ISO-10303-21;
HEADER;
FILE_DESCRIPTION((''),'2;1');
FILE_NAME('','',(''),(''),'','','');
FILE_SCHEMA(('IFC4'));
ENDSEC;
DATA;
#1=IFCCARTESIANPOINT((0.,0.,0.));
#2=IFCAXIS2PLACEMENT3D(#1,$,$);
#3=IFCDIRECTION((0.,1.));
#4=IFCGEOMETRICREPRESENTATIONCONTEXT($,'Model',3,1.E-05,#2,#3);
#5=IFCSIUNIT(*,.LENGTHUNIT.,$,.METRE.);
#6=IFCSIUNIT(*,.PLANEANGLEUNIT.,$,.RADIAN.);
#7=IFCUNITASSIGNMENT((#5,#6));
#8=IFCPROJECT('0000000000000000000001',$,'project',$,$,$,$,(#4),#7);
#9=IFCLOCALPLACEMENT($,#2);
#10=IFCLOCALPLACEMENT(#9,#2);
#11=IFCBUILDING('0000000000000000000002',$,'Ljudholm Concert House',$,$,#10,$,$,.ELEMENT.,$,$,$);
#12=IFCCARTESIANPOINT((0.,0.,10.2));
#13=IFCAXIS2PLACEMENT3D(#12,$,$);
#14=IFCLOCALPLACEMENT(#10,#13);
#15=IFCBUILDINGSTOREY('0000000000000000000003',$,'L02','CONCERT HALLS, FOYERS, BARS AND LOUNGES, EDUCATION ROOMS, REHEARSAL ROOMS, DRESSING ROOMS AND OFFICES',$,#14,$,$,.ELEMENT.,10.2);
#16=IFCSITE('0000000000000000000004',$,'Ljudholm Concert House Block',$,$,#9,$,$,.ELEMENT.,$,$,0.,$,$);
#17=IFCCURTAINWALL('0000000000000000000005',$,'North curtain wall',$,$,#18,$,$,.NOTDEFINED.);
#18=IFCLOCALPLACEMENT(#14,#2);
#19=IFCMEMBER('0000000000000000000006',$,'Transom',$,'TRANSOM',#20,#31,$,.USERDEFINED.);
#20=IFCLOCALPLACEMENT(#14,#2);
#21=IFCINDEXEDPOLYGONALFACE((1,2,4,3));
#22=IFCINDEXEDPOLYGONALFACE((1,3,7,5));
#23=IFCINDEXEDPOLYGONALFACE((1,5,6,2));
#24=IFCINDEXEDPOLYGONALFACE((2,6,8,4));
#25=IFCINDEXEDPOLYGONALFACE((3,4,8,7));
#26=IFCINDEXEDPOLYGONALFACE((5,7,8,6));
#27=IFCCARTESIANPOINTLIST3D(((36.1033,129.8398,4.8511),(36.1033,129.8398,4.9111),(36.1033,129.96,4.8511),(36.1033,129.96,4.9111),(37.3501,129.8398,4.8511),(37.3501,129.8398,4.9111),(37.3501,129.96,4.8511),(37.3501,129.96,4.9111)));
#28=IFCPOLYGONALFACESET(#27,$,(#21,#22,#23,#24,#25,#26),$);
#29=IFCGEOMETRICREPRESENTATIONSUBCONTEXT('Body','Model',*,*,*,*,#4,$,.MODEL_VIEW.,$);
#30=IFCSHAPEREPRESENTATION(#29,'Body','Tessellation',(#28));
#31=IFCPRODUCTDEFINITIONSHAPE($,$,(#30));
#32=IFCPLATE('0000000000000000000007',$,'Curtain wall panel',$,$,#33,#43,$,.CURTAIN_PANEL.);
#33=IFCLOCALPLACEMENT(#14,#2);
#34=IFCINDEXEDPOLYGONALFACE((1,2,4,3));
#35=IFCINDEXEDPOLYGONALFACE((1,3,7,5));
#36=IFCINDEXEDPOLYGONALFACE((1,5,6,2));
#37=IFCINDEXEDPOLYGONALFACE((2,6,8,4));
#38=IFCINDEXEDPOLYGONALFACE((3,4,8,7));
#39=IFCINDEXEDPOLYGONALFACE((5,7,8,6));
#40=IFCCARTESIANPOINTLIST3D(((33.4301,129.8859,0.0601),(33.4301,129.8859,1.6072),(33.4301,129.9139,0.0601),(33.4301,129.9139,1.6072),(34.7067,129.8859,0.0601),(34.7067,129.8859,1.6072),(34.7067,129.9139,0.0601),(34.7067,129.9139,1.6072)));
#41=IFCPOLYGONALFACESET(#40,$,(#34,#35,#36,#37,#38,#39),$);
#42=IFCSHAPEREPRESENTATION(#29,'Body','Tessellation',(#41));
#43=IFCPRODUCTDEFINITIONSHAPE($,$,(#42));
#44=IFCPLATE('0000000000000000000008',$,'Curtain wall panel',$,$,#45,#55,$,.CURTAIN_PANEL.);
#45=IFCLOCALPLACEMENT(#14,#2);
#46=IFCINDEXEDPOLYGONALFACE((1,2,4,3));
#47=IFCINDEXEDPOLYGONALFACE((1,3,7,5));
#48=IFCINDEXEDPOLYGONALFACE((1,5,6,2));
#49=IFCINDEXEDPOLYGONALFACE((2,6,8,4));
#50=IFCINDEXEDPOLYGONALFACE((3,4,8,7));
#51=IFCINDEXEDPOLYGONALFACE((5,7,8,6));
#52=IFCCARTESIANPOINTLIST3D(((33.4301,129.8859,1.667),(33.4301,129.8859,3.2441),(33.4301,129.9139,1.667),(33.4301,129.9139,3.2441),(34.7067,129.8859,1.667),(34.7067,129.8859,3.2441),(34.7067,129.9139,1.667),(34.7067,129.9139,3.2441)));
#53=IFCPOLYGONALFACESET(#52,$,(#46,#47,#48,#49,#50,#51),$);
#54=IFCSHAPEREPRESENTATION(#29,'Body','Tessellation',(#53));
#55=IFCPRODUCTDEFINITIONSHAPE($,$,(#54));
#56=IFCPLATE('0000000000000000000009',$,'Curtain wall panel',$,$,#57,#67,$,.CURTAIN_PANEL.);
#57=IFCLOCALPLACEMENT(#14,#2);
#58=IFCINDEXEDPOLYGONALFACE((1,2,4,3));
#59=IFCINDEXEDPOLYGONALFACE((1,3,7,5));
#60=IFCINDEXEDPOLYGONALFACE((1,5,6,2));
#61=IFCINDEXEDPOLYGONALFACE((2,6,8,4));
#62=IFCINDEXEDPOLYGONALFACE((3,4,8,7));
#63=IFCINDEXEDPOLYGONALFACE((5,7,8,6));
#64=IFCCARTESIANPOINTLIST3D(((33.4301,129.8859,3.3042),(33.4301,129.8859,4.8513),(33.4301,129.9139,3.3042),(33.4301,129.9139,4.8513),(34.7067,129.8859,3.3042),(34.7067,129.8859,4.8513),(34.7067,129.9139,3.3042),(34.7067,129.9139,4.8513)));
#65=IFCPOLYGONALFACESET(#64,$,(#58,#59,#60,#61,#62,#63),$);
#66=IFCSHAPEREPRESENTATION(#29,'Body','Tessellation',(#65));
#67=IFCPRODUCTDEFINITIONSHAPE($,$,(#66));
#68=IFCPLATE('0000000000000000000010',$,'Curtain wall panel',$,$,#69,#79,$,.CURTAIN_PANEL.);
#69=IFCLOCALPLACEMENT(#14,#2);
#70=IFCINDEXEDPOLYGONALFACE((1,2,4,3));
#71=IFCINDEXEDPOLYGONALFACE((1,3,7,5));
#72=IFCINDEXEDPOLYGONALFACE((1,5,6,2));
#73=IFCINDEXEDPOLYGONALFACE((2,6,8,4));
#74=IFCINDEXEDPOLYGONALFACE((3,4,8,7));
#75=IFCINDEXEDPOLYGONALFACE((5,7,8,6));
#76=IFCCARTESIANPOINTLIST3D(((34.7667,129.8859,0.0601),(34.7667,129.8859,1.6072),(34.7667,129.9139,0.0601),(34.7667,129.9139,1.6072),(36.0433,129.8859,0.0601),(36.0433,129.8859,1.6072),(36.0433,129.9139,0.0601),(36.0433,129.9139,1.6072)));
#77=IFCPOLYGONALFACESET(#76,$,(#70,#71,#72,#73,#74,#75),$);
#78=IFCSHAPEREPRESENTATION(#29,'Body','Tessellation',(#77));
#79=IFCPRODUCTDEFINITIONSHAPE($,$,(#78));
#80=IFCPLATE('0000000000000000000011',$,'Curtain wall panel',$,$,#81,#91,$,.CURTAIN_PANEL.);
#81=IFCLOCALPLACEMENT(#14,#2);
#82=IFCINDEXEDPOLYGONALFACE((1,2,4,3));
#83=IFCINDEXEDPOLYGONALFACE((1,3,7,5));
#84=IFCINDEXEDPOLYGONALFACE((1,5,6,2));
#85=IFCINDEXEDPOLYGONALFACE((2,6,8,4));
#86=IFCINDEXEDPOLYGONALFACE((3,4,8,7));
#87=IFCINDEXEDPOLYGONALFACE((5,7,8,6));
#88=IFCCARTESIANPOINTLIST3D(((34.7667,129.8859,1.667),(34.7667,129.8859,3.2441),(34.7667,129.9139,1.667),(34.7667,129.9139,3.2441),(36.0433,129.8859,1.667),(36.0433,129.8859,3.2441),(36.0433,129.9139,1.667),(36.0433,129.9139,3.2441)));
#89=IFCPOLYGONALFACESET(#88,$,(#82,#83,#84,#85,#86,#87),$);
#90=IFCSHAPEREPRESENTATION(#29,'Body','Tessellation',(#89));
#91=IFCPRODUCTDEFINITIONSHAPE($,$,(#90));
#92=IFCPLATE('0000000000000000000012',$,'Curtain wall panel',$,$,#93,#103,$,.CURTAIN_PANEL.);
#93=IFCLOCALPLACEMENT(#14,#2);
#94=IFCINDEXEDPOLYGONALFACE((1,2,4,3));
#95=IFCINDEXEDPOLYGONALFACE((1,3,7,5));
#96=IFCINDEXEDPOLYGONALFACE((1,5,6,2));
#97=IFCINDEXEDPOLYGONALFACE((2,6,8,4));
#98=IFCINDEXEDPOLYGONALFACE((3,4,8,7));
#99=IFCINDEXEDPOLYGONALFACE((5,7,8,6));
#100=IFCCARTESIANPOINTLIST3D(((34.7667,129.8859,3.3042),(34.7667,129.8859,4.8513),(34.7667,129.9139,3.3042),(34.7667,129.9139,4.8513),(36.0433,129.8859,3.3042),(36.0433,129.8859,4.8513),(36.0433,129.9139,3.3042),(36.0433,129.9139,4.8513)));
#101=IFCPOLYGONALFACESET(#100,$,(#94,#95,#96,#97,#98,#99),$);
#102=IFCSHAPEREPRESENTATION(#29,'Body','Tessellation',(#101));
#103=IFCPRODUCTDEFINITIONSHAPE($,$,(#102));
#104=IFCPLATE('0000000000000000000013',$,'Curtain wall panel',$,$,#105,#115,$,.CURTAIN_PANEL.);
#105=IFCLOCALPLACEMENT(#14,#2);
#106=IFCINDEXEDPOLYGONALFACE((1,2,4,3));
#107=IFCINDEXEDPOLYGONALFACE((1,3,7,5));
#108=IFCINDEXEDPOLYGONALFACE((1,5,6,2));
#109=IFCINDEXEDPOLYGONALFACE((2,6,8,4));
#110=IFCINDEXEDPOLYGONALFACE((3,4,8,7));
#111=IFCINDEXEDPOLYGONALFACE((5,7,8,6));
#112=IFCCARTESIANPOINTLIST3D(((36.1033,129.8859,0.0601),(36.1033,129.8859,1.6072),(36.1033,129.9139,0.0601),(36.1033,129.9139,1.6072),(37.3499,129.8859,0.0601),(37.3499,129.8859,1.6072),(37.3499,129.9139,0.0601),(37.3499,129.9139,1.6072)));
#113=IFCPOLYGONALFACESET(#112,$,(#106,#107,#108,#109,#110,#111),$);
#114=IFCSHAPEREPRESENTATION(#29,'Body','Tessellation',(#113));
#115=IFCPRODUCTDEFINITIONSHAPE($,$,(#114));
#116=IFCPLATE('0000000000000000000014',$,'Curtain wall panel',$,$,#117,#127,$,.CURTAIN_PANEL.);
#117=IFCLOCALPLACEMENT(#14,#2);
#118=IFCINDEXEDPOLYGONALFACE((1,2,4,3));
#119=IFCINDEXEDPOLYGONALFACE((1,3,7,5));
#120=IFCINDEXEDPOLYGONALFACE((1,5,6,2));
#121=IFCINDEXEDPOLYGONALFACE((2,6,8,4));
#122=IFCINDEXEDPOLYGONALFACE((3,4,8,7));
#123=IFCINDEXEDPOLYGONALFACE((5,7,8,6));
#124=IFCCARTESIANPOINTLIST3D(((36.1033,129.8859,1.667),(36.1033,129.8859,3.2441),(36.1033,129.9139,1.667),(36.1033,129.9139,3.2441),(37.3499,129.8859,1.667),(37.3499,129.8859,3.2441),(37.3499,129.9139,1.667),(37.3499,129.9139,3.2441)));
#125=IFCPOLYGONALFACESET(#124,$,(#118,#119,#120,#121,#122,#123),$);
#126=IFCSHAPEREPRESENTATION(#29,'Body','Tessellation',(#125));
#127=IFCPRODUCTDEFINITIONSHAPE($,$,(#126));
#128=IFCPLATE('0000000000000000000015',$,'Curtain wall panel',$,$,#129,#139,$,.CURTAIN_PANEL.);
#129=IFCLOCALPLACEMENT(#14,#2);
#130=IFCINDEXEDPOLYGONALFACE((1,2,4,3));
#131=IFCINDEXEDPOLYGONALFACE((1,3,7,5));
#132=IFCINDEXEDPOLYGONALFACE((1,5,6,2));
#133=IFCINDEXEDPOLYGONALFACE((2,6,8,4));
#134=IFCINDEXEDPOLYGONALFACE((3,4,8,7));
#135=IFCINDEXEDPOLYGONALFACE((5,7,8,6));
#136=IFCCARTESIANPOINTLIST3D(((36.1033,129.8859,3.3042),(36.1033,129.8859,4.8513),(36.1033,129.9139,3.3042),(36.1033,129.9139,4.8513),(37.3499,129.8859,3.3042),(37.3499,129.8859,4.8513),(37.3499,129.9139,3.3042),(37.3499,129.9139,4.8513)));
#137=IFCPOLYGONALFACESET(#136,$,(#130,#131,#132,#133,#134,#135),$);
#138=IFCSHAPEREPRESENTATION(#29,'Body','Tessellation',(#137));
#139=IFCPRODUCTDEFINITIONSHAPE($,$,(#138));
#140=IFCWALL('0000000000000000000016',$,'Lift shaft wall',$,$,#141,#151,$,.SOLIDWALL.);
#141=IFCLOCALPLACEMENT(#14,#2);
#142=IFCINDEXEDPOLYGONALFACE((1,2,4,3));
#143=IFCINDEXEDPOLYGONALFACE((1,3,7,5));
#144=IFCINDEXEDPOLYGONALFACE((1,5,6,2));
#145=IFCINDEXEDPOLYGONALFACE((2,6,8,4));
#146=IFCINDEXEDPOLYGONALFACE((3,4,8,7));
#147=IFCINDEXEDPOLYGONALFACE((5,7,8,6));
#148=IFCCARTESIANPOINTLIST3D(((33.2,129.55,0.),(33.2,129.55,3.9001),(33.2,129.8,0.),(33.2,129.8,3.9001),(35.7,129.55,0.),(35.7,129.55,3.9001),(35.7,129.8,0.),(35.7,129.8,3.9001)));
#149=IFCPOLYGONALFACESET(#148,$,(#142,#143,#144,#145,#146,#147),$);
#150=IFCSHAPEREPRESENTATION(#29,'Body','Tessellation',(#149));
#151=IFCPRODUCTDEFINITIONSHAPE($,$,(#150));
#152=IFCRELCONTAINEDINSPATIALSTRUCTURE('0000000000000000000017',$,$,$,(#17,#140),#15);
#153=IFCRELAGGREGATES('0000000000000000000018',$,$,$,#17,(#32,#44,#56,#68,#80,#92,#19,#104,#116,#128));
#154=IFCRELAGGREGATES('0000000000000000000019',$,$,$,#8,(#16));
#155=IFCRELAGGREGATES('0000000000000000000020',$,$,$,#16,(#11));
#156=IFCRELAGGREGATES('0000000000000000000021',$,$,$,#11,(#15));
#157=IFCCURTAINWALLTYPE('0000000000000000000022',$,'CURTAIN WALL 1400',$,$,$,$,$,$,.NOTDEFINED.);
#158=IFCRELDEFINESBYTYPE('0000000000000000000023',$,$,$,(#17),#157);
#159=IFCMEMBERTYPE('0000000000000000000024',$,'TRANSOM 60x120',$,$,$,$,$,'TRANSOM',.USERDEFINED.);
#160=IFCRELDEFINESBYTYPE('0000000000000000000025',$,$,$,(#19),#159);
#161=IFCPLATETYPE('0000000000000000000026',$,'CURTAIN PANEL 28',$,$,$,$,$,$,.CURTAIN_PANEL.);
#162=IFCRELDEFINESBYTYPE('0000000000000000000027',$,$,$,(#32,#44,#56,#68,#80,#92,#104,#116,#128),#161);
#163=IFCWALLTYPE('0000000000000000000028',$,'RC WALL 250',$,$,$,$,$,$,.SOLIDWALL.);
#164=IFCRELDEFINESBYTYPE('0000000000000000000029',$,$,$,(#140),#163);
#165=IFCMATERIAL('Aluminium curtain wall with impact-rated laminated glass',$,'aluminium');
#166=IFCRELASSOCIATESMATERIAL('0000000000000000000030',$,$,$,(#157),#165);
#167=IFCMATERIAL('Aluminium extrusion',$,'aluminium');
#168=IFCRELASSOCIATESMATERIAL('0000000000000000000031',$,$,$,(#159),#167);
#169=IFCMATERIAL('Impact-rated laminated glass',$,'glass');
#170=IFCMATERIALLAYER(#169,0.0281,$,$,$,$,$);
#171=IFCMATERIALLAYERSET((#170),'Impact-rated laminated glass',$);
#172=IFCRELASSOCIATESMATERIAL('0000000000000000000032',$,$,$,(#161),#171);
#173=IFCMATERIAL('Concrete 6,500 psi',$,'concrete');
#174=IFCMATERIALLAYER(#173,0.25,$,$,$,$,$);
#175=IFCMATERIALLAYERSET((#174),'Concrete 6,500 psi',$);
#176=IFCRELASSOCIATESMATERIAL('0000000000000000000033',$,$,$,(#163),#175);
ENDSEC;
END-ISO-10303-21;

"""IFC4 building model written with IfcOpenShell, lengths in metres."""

from ifc_helpers import new_model, si_unit, direction, frame, frame_2d, origin, origin_2d, place, context, subcontext, project, spatial, rectangle, extrude, material, layer, layer_set, material_profile, profile_set, type_object, element, aggregate, save


model = new_model("IFC4")

# Units and contexts
model_context = context("Model", 3, precision=1e-05, world=origin(), true_north=direction((0.0, 1.0)))
body_context = subcontext(model_context, "Body", "Model", "MODEL_VIEW")
ifc_project = project(units=[si_unit("LENGTHUNIT", "METRE"), si_unit("PLANEANGLEUNIT", "RADIAN")], contexts=[model_context])

# Site, building, storey
site_placement = place(None, origin())
site = spatial("IfcSite", under=ifc_project, at=site_placement, Name="Ljudholm Concert House Block", CompositionType="ELEMENT", RefElevation=0.0)
building_placement = place(site_placement, origin())
building = spatial("IfcBuilding", under=site, at=building_placement, Name="Ljudholm Concert House", CompositionType="ELEMENT")
storey_placement = place(building_placement, frame((0.0, 0.0, 10.2)))
storey = spatial("IfcBuildingStorey", under=building, at=storey_placement, Name="L02", Description="CONCERT HALLS, FOYERS, BARS AND LOUNGES, EDUCATION ROOMS, REHEARSAL ROOMS, DRESSING ROOMS AND OFFICES", CompositionType="ELEMENT", Elevation=10.2)

# Curtain wall, member, plates
ifc_material_1 = material(Name="Aluminium curtain wall with impact-rated laminated glass", Category="aluminium")
curtain_wall_type = type_object("IfcCurtainWallType", Name="CURTAIN WALL 1400", PredefinedType="NOTDEFINED", material=ifc_material_1)
curtain_wall_placement = place(storey_placement, origin())
curtain_wall = element("IfcCurtainWall", 1, at=curtain_wall_placement, inside=storey, type_object=curtain_wall_type, Name="North curtain wall", PredefinedType="NOTDEFINED")
ifc_material_2 = material(Name="Aluminium extrusion", Category="aluminium")
ifc_material_profile_1 = material_profile(ifc_material_2, rectangle(XDim=0.1201, YDim=0.0601, at=origin_2d()), Name="TRANSOM 60x120")
ifc_profile_set_1 = profile_set([ifc_material_profile_1], Name="Aluminium extrusion")
member_type_1 = type_object("IfcMemberType", Name="TRANSOM 60x120", ElementType="TRANSOM", PredefinedType="USERDEFINED", material=ifc_profile_set_1)
member_1_placement = place(storey_placement, frame((36.1033, 129.8999, 4.8811), z_axis=(1.0, 0.0, 0.0), x_axis=(0.0, 1.0, 0.0)))
member_1 = element("IfcMember", 2, at=member_1_placement, type_object=member_type_1, Name="Transom", ObjectType="TRANSOM", PredefinedType="USERDEFINED", context=body_context, shape_type="SweptSolid", body=[
    extrude(rectangle(XDim=0.1201, YDim=0.0601, at=origin_2d()), origin(), (0.0, 0.0, 1.0), 1.2468),
])
ifc_material_3 = material(Name="Impact-rated laminated glass", Category="glass")
ifc_layer_1 = layer(ifc_material_3, 0.0281)
ifc_layer_set_1 = layer_set([ifc_layer_1], Name="Impact-rated laminated glass")
plate_type = type_object("IfcPlateType", Name="CURTAIN PANEL 28", PredefinedType="CURTAIN_PANEL", material=ifc_layer_set_1)
plate_1_placement = place(storey_placement, frame((34.0684, 129.8999, 0.0601), z_axis=(0.0, 0.0, 1.0), x_axis=(1.0, 0.0, 0.0)))
plate_1 = element("IfcPlate", 3, at=plate_1_placement, type_object=plate_type, Name="Curtain wall panel", PredefinedType="CURTAIN_PANEL", context=body_context, shape_type="SweptSolid", body=[
    extrude(rectangle(XDim=1.2766, YDim=0.0281, at=origin_2d()), origin(), (0.0, 0.0, 1.0), 1.5471),
])
plate_2_placement = place(storey_placement, frame((34.0684, 129.8999, 1.667), z_axis=(0.0, 0.0, 1.0), x_axis=(1.0, 0.0, 0.0)))
plate_2 = element("IfcPlate", 4, at=plate_2_placement, type_object=plate_type, Name="Curtain wall panel", PredefinedType="CURTAIN_PANEL", context=body_context, shape_type="SweptSolid", body=[
    extrude(rectangle(XDim=1.2766, YDim=0.0281, at=origin_2d()), origin(), (0.0, 0.0, 1.0), 1.5771),
])
plate_3_placement = place(storey_placement, frame((34.0684, 129.8999, 3.3042), z_axis=(0.0, 0.0, 1.0), x_axis=(1.0, 0.0, 0.0)))
plate_3 = element("IfcPlate", 5, at=plate_3_placement, type_object=plate_type, Name="Curtain wall panel", PredefinedType="CURTAIN_PANEL", context=body_context, shape_type="SweptSolid", body=[
    extrude(rectangle(XDim=1.2766, YDim=0.0281, at=origin_2d()), origin(), (0.0, 0.0, 1.0), 1.5471),
])
plate_4_placement = place(storey_placement, frame((35.405, 129.8999, 0.0601), z_axis=(0.0, 0.0, 1.0), x_axis=(1.0, 0.0, 0.0)))
plate_4 = element("IfcPlate", 6, at=plate_4_placement, type_object=plate_type, Name="Curtain wall panel", PredefinedType="CURTAIN_PANEL", context=body_context, shape_type="SweptSolid", body=[
    extrude(rectangle(XDim=1.2766, YDim=0.0281, at=origin_2d()), origin(), (0.0, 0.0, 1.0), 1.5471),
])
plate_5_placement = place(storey_placement, frame((35.405, 129.8999, 1.667), z_axis=(0.0, 0.0, 1.0), x_axis=(1.0, 0.0, 0.0)))
plate_5 = element("IfcPlate", 7, at=plate_5_placement, type_object=plate_type, Name="Curtain wall panel", PredefinedType="CURTAIN_PANEL", context=body_context, shape_type="SweptSolid", body=[
    extrude(rectangle(XDim=1.2766, YDim=0.0281, at=origin_2d()), origin(), (0.0, 0.0, 1.0), 1.5771),
])
plate_6_placement = place(storey_placement, frame((35.405, 129.8999, 3.3042), z_axis=(0.0, 0.0, 1.0), x_axis=(1.0, 0.0, 0.0)))
plate_6 = element("IfcPlate", 8, at=plate_6_placement, type_object=plate_type, Name="Curtain wall panel", PredefinedType="CURTAIN_PANEL", context=body_context, shape_type="SweptSolid", body=[
    extrude(rectangle(XDim=1.2766, YDim=0.0281, at=origin_2d()), origin(), (0.0, 0.0, 1.0), 1.5471),
])
plate_7_placement = place(storey_placement, frame((36.7266, 129.8999, 0.0601), z_axis=(0.0, 0.0, 1.0), x_axis=(1.0, 0.0, 0.0)))
plate_7 = element("IfcPlate", 9, at=plate_7_placement, type_object=plate_type, Name="Curtain wall panel", PredefinedType="CURTAIN_PANEL", context=body_context, shape_type="SweptSolid", body=[
    extrude(rectangle(XDim=1.2466, YDim=0.0281, at=origin_2d()), origin(), (0.0, 0.0, 1.0), 1.5471),
])
plate_8_placement = place(storey_placement, frame((36.7266, 129.8999, 1.667), z_axis=(0.0, 0.0, 1.0), x_axis=(1.0, 0.0, 0.0)))
plate_8 = element("IfcPlate", 10, at=plate_8_placement, type_object=plate_type, Name="Curtain wall panel", PredefinedType="CURTAIN_PANEL", context=body_context, shape_type="SweptSolid", body=[
    extrude(rectangle(XDim=1.2466, YDim=0.0281, at=origin_2d()), origin(), (0.0, 0.0, 1.0), 1.5771),
])
plate_9_placement = place(storey_placement, frame((36.7266, 129.8999, 3.3042), z_axis=(0.0, 0.0, 1.0), x_axis=(1.0, 0.0, 0.0)))
plate_9 = element("IfcPlate", 11, at=plate_9_placement, type_object=plate_type, Name="Curtain wall panel", PredefinedType="CURTAIN_PANEL", context=body_context, shape_type="SweptSolid", body=[
    extrude(rectangle(XDim=1.2466, YDim=0.0281, at=origin_2d()), origin(), (0.0, 0.0, 1.0), 1.5471),
])
aggregate(curtain_wall, [plate_1, plate_2, plate_3, plate_4, plate_5, plate_6, member_1, plate_7, plate_8, plate_9])

# Wall
ifc_material_4 = material(Name="Concrete 6,500 psi", Category="concrete")
ifc_layer_2 = layer(ifc_material_4, 0.25)
ifc_layer_set_2 = layer_set([ifc_layer_2], Name="Concrete 6,500 psi")
wall_type = type_object("IfcWallType", Name="RC WALL 250", PredefinedType="SOLIDWALL", material=ifc_layer_set_2)
wall_placement = place(storey_placement, frame((33.2, 129.675, 0.0), z_axis=(0.0, 0.0, 1.0), x_axis=(1.0, 0.0, 0.0)))
element("IfcWall", 12, at=wall_placement, inside=storey, type_object=wall_type, Name="Lift shaft wall", PredefinedType="SOLIDWALL", context=body_context, shape_type="SweptSolid", body=[
    extrude(rectangle(XDim=2.5, YDim=0.25, at=frame_2d((1.25, 0.0))), origin(), (0.0, 0.0, 1.0), 3.9001),
])

save(model, "model.ifc")
